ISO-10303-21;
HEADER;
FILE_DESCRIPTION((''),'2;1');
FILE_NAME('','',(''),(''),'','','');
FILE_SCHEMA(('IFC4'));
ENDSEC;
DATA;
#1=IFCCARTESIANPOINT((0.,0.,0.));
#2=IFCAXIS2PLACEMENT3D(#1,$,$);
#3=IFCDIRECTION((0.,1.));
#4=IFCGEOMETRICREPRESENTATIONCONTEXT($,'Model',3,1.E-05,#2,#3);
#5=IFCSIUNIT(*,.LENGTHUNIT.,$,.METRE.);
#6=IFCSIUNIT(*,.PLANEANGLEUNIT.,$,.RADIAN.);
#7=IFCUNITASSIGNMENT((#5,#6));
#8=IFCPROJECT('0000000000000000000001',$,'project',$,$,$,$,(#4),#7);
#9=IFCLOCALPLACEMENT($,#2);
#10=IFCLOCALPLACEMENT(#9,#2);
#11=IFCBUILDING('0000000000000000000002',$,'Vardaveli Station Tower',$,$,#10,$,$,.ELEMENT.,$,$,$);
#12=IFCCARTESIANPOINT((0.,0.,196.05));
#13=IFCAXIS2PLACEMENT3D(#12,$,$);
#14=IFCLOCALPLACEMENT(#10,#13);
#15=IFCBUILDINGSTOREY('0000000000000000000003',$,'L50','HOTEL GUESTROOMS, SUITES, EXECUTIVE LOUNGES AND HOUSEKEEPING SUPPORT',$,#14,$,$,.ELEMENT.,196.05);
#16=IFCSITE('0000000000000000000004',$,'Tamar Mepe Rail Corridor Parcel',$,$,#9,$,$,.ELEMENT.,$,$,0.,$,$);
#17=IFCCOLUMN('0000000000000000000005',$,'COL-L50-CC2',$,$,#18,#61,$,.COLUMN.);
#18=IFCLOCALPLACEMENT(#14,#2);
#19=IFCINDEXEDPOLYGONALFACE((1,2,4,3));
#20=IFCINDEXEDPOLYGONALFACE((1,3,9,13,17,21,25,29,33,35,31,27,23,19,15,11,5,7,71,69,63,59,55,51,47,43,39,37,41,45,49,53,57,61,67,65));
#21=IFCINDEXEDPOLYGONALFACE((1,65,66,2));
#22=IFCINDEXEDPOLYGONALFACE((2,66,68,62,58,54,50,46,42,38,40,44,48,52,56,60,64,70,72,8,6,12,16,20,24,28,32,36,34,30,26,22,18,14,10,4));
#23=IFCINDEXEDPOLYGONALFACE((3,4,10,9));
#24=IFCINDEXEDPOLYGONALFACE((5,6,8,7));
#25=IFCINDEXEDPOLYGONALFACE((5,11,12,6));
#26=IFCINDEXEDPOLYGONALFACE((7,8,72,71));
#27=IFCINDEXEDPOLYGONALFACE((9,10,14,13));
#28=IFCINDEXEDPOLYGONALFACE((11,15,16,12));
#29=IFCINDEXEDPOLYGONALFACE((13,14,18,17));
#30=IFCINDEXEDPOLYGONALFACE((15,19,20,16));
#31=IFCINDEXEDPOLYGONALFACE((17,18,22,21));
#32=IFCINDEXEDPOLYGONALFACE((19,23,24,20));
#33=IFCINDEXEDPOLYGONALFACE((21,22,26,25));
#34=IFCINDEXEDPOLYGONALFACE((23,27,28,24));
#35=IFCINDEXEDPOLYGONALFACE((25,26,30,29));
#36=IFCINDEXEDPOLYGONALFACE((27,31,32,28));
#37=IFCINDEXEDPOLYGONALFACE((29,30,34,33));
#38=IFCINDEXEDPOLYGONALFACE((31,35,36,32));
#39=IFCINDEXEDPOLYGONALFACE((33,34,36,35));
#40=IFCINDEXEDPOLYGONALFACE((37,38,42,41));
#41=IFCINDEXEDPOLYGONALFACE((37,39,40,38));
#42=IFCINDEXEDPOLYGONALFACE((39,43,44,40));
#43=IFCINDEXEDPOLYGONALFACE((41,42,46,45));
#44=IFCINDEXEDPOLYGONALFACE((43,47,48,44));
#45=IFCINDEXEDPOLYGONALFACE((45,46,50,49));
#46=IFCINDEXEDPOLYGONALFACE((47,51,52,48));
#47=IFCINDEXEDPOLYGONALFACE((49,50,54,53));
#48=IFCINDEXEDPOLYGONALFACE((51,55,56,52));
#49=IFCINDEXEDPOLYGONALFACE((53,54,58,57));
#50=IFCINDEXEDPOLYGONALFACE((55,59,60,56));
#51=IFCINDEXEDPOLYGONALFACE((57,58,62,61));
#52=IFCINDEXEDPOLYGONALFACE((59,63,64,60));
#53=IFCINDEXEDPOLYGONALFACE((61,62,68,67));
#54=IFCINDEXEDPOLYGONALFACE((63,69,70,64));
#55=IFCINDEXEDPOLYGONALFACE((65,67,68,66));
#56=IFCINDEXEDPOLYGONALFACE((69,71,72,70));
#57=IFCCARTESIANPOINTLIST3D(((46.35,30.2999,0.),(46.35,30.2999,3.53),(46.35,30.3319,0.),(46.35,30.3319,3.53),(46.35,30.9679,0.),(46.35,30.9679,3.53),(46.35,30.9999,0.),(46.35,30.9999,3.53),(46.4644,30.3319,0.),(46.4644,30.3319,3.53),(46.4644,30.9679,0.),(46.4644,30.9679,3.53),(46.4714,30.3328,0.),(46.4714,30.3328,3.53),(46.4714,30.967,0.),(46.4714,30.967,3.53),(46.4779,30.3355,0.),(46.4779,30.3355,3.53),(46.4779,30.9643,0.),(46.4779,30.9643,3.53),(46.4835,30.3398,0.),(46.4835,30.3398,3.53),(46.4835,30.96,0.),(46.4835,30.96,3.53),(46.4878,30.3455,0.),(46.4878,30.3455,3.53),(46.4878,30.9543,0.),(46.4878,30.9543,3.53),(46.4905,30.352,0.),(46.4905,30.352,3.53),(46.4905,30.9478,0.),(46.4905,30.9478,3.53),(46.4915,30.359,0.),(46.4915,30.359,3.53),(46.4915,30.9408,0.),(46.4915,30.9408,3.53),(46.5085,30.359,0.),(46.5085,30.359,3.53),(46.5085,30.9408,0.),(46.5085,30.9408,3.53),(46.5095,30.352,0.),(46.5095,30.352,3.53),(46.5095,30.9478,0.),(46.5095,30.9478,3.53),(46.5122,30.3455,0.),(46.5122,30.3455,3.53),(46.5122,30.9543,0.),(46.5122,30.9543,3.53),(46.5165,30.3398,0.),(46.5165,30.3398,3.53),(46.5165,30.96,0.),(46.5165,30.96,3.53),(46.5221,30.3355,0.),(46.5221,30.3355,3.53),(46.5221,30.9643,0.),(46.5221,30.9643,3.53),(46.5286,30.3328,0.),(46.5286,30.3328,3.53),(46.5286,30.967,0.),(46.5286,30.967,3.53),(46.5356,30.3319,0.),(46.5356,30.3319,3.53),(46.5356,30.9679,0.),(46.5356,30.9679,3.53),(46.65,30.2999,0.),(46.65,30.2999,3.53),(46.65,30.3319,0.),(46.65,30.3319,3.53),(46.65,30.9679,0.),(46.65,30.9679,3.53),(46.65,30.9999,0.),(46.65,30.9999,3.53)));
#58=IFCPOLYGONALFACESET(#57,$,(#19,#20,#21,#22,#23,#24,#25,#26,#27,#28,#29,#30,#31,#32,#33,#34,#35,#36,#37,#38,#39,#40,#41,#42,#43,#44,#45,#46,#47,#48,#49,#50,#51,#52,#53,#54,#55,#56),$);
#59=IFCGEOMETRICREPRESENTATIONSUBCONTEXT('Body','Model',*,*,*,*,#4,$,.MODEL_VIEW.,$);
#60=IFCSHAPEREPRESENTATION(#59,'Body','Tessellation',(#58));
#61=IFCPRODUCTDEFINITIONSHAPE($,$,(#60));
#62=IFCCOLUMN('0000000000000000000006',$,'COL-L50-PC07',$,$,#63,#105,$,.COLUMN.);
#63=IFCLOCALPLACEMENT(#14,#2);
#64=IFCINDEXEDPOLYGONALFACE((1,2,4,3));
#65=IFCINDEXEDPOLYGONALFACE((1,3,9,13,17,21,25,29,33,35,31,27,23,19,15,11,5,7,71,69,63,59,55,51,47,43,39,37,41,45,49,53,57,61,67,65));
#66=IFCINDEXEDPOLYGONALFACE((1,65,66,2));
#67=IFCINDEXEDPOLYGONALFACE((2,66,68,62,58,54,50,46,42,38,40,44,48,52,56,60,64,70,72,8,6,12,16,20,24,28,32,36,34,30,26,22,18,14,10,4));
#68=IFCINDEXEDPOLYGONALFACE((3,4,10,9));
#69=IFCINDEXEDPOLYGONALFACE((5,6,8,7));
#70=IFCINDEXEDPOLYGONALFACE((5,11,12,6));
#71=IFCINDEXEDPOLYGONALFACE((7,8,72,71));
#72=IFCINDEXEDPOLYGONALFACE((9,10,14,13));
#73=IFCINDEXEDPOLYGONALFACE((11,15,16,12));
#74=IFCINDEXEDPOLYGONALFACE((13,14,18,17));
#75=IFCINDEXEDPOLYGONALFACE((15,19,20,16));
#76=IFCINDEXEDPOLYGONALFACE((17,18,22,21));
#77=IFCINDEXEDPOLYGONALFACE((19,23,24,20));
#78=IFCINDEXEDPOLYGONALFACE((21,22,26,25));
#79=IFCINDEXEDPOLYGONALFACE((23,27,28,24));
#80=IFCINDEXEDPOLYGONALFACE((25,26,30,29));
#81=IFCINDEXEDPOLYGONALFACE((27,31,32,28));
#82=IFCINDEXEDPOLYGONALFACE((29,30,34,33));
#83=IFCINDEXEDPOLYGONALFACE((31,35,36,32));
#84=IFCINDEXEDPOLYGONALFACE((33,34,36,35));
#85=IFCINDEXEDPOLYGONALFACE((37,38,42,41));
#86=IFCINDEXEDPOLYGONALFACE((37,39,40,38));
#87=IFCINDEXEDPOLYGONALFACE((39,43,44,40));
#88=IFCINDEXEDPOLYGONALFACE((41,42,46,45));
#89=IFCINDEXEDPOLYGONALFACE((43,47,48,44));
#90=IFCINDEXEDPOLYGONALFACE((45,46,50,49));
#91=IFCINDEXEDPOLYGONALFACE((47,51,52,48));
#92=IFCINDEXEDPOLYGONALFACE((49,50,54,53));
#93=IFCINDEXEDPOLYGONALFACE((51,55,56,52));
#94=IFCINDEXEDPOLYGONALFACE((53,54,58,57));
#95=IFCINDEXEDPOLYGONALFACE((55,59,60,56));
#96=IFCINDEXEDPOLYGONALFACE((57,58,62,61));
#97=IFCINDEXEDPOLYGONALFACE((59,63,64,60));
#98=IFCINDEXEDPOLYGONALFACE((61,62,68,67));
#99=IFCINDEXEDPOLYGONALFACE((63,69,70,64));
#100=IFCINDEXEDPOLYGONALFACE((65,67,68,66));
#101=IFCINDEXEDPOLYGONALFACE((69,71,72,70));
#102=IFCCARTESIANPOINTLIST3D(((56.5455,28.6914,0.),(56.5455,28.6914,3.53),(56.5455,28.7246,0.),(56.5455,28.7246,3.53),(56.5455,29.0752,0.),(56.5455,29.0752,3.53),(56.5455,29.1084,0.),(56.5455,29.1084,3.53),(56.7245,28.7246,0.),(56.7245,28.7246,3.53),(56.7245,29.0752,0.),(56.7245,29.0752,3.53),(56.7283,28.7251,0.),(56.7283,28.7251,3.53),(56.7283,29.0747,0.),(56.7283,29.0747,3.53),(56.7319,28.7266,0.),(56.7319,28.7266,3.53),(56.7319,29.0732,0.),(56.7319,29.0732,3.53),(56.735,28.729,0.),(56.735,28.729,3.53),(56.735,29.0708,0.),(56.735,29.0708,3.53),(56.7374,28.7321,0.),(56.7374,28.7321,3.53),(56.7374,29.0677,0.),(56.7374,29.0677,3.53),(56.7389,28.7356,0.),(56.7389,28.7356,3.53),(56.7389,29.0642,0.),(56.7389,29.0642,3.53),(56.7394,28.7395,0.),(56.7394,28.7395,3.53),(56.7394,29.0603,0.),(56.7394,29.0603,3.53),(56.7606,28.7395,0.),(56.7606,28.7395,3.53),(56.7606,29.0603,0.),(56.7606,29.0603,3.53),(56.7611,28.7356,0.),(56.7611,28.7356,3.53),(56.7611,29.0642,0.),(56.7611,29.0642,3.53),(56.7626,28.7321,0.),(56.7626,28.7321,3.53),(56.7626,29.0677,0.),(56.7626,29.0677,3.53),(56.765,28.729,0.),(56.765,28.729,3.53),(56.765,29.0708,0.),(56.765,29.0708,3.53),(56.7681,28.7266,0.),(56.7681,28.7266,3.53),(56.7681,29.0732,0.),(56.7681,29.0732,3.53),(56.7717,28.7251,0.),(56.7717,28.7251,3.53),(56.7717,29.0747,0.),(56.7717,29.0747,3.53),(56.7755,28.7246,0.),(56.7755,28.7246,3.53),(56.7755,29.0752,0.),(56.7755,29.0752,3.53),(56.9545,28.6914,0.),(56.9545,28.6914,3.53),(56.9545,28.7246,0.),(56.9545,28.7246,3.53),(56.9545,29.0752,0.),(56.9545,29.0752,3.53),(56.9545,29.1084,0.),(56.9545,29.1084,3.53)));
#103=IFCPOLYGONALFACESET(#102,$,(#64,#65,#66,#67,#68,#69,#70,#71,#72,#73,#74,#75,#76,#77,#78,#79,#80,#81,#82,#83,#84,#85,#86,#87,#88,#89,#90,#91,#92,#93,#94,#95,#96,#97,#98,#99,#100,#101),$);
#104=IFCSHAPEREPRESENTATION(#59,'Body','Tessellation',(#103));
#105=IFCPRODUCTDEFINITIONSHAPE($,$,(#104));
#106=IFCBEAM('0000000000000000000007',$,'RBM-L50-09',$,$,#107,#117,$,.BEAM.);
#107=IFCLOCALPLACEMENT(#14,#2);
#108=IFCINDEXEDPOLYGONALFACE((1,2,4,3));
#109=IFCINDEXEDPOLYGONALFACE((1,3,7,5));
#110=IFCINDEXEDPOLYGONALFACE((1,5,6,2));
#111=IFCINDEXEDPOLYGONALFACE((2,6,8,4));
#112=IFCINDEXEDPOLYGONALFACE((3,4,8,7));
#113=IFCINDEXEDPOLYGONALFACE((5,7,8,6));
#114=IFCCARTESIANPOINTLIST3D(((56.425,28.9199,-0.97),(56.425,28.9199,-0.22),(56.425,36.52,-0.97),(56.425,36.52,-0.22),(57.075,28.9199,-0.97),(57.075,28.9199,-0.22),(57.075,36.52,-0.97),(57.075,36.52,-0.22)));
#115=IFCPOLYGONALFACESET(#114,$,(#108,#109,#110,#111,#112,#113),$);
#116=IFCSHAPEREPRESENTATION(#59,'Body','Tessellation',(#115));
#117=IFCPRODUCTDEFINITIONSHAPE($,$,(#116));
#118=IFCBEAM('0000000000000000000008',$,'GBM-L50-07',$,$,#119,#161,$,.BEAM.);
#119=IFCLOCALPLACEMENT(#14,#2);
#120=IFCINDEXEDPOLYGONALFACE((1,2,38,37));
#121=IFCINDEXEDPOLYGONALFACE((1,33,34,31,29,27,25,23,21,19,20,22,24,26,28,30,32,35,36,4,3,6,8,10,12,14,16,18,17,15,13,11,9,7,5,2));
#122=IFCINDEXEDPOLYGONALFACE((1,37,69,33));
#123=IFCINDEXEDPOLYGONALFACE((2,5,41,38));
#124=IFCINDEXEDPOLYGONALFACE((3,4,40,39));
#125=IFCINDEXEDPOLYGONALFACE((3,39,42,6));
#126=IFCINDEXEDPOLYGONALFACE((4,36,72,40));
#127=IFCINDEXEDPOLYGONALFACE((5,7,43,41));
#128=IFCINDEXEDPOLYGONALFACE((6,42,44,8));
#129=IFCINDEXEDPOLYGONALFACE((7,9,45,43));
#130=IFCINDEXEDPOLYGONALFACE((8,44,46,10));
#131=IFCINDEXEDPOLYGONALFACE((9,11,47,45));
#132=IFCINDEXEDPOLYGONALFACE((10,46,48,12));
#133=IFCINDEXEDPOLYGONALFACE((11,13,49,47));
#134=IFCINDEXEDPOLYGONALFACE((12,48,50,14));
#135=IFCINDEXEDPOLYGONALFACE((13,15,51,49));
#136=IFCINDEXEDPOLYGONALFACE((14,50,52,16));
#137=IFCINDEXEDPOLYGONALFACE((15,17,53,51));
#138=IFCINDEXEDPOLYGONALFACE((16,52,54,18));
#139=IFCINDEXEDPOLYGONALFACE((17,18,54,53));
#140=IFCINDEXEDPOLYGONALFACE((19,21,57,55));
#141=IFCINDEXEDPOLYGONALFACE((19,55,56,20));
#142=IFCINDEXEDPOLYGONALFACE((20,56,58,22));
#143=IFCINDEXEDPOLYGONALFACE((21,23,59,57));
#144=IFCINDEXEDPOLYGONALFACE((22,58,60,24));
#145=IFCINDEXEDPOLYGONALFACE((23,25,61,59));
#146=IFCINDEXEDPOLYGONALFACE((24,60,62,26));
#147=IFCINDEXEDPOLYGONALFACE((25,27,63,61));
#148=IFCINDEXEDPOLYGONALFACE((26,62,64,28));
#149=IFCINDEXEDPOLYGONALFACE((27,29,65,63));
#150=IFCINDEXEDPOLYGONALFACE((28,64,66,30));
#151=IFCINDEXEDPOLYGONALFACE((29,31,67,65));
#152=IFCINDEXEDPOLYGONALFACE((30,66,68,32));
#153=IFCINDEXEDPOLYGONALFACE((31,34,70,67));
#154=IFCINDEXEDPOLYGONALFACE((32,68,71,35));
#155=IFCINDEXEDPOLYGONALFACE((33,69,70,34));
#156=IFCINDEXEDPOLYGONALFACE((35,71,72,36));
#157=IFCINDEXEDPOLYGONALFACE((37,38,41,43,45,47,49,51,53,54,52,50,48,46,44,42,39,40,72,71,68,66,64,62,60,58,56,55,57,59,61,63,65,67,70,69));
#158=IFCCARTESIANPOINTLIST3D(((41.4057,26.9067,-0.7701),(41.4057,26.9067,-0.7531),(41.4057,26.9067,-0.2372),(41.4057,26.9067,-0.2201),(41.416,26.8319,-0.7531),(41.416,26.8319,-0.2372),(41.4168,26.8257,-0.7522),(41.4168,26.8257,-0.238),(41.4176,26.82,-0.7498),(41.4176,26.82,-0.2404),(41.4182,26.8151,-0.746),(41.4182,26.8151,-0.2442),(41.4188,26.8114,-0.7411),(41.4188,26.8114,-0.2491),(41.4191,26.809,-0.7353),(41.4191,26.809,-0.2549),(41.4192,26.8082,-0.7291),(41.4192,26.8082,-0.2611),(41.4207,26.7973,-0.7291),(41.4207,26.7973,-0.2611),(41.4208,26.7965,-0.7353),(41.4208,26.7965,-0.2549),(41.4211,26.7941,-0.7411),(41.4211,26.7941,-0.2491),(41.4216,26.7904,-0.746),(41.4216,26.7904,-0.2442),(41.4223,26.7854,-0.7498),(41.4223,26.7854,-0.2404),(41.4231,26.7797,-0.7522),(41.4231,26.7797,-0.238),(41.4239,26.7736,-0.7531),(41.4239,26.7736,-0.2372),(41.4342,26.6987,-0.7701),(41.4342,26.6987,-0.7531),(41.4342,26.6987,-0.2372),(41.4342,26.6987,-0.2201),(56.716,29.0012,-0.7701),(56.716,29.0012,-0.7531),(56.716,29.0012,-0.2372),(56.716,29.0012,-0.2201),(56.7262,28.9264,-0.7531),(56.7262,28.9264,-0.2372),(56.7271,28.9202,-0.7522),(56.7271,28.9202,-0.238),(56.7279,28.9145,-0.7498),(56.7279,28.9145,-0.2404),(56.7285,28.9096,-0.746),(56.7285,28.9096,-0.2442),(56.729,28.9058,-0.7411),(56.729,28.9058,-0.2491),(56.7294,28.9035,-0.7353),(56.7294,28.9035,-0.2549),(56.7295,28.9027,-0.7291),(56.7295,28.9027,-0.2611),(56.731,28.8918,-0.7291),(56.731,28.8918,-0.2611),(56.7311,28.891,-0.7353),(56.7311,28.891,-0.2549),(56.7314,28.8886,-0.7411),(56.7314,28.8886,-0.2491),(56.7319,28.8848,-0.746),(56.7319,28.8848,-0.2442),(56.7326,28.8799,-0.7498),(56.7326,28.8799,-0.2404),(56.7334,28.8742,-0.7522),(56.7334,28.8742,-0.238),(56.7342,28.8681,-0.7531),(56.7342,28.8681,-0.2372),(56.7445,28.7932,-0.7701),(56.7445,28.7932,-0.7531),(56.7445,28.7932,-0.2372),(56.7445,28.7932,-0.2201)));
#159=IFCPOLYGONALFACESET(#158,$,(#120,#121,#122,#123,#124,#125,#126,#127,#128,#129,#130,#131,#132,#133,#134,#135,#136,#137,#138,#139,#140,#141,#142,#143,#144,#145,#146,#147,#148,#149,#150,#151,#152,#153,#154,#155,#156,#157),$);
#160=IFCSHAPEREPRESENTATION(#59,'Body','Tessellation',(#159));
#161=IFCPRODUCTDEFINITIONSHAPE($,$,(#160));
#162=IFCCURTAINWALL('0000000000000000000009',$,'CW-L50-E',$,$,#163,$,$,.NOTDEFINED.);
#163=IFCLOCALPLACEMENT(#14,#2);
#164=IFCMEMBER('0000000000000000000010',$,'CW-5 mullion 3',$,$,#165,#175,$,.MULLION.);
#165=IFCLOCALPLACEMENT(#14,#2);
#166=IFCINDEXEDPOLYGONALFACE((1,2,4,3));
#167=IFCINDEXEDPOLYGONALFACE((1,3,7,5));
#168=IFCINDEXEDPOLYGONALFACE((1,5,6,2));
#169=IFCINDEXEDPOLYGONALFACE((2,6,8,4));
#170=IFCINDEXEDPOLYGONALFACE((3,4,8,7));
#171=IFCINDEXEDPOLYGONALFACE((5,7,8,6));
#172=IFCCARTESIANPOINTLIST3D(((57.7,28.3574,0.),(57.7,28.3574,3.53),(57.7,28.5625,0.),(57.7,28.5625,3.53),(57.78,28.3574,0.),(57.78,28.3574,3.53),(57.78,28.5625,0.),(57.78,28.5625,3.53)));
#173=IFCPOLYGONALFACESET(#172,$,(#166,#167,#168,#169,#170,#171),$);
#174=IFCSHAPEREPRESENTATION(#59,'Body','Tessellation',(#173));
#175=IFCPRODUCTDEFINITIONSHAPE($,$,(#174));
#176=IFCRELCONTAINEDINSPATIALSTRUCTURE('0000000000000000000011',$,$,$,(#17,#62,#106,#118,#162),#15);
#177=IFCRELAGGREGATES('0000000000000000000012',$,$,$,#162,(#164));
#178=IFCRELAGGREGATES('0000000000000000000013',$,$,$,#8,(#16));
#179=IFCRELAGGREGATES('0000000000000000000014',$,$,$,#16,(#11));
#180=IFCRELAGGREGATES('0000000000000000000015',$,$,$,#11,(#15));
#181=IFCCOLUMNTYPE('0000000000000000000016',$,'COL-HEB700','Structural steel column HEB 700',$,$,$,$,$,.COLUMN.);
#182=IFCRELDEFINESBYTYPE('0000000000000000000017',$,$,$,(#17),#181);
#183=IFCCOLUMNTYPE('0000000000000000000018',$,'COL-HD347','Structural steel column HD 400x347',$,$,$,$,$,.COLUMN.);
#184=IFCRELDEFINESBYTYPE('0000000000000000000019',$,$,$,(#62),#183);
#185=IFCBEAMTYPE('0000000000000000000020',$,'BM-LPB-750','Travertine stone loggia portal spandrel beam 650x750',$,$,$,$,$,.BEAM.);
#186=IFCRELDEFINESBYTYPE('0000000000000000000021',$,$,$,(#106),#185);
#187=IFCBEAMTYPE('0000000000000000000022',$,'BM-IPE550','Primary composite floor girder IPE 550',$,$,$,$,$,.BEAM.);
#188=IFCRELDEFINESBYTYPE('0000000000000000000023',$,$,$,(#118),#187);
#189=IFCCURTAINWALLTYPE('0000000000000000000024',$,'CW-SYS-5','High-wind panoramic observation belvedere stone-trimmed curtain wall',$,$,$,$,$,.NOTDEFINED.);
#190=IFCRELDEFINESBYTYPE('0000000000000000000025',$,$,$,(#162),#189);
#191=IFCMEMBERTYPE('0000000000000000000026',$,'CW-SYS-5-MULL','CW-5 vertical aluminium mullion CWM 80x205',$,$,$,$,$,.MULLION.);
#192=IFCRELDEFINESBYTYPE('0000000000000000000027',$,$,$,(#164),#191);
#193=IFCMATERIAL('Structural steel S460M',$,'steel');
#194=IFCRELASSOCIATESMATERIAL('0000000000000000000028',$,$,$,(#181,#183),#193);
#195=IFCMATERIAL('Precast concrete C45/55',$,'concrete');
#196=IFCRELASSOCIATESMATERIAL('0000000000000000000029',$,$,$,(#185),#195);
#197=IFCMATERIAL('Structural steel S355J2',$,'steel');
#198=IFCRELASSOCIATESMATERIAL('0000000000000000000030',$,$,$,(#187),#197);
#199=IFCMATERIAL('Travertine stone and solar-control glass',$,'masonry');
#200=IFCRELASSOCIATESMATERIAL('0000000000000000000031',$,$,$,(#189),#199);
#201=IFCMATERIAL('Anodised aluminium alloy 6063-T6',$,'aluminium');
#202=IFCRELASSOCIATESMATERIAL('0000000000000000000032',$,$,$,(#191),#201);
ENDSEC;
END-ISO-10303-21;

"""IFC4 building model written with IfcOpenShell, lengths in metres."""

from ifc_helpers import new_model, si_unit, direction, frame, origin, origin_2d, place, context, subcontext, project, spatial, rectangle, i_section, extrude, source, transform, mapped, material, material_profile, profile_set, type_object, element, aggregate, save


model = new_model("IFC4")

# Units and contexts
model_context = context("Model", 3, precision=1e-05, world=origin(), true_north=direction((0.0, 1.0)))
body_context = subcontext(model_context, "Body", "Model", "MODEL_VIEW")
ifc_project = project(units=[si_unit("LENGTHUNIT", "METRE"), si_unit("PLANEANGLEUNIT", "RADIAN")], contexts=[model_context])

# Site, building, storey
site_placement = place(None, origin())
site = spatial("IfcSite", under=ifc_project, at=site_placement, Name="Tamar Mepe Rail Corridor Parcel", CompositionType="ELEMENT", RefElevation=0.0)
building_placement = place(site_placement, origin())
building = spatial("IfcBuilding", under=site, at=building_placement, Name="Vardaveli Station Tower", CompositionType="ELEMENT")
storey_placement = place(building_placement, frame((0.0, 0.0, 196.05)))
storey = spatial("IfcBuildingStorey", under=building, at=storey_placement, Name="L50", Description="HOTEL GUESTROOMS, SUITES, EXECUTIVE LOUNGES AND HOUSEKEEPING SUPPORT", CompositionType="ELEMENT", Elevation=196.05)

# Columns
ifc_material_1 = material(Name="Structural steel S460M", Category="steel")
ifc_material_profile_1 = material_profile(ifc_material_1, i_section(OverallWidth=0.3, OverallDepth=0.7, WebThickness=0.0171, FlangeThickness=0.032, FilletRadius=0.0271, at=origin_2d()), Name="HEB 700")
ifc_profile_set_1 = profile_set([ifc_material_profile_1], Name="Structural steel S460M")
column_type_1 = type_object("IfcColumnType", Name="COL-HEB700", Description="Structural steel column HEB 700", PredefinedType="COLUMN", material=ifc_profile_set_1)
shared_shape_1 = source(origin(), body_context, "Body", "SweptSolid", [
    extrude(i_section(OverallWidth=0.3, OverallDepth=0.7, WebThickness=0.0171, FlangeThickness=0.032, FilletRadius=0.0271, at=origin_2d()), origin(), (0.0, 0.0, 1.0), 3.53),
])
column_1_placement = place(storey_placement, frame((46.5, 30.6499, 0.0), z_axis=(0.0, 0.0, 1.0), x_axis=(1.0, 0.0, 0.0)))
element("IfcColumn", 1, at=column_1_placement, inside=storey, type_object=column_type_1, Name="COL-L50-CC2", PredefinedType="COLUMN", context=body_context, shape_type="MappedRepresentation", body=[
    mapped(shared_shape_1, transform((0.0, 0.0, 0.0), scale=1.0)),
])
ifc_material_profile_2 = material_profile(ifc_material_1, i_section(OverallWidth=0.4089, OverallDepth=0.417, WebThickness=0.0212, FlangeThickness=0.0332, FilletRadius=0.0149, at=origin_2d()), Name="HD 400x347")
ifc_profile_set_2 = profile_set([ifc_material_profile_2], Name="Structural steel S460M")
column_type_2 = type_object("IfcColumnType", Name="COL-HD347", Description="Structural steel column HD 400x347", PredefinedType="COLUMN", material=ifc_profile_set_2)
shared_shape_2 = source(origin(), body_context, "Body", "SweptSolid", [
    extrude(i_section(OverallWidth=0.4089, OverallDepth=0.417, WebThickness=0.0212, FlangeThickness=0.0332, FilletRadius=0.0149, at=origin_2d()), origin(), (0.0, 0.0, 1.0), 3.53),
])
column_2_placement = place(storey_placement, frame((56.75, 28.8999, 0.0), z_axis=(0.0, 0.0, 1.0), x_axis=(1.0, 0.0, 0.0)))
element("IfcColumn", 2, at=column_2_placement, inside=storey, type_object=column_type_2, Name="COL-L50-PC07", PredefinedType="COLUMN", context=body_context, shape_type="MappedRepresentation", body=[
    mapped(shared_shape_2, transform((0.0, 0.0, 0.0), scale=1.0)),
])

# Beams
ifc_material_2 = material(Name="Precast concrete C45/55", Category="concrete")
ifc_material_profile_3 = material_profile(ifc_material_2, rectangle(XDim=0.6499, YDim=0.75, at=origin_2d()), Name="LPB 650x750")
ifc_profile_set_3 = profile_set([ifc_material_profile_3], Name="Precast concrete C45/55")
beam_type_1 = type_object("IfcBeamType", Name="BM-LPB-750", Description="Travertine stone loggia portal spandrel beam 650x750", PredefinedType="BEAM", material=ifc_profile_set_3)
shared_shape_3 = source(origin(), body_context, "Body", "SweptSolid", [
    extrude(rectangle(XDim=0.6499, YDim=0.75, at=origin_2d()), origin(), (0.0, 0.0, 1.0), 7.6001),
])
beam_1_placement = place(storey_placement, frame((56.75, 28.9199, -0.595), z_axis=(0.0, 1.0, 0.0), x_axis=(-1.0, 0.0, 0.0)))
element("IfcBeam", 3, at=beam_1_placement, inside=storey, type_object=beam_type_1, Name="RBM-L50-09", PredefinedType="BEAM", context=body_context, shape_type="MappedRepresentation", body=[
    mapped(shared_shape_3, transform((0.0, 0.0, 0.0), scale=1.0)),
])
ifc_material_3 = material(Name="Structural steel S355J2", Category="steel")
ifc_material_profile_4 = material_profile(ifc_material_3, i_section(OverallWidth=0.21, OverallDepth=0.55, WebThickness=0.011, FlangeThickness=0.0171, FilletRadius=0.0239, at=origin_2d()), Name="IPE 550")
ifc_profile_set_4 = profile_set([ifc_material_profile_4], Name="Structural steel S355J2")
beam_type_2 = type_object("IfcBeamType", Name="BM-IPE550", Description="Primary composite floor girder IPE 550", PredefinedType="BEAM", material=ifc_profile_set_4)
shared_shape_4 = source(origin(), body_context, "Body", "SweptSolid", [
    extrude(i_section(OverallWidth=0.21, OverallDepth=0.55, WebThickness=0.011, FlangeThickness=0.0171, FilletRadius=0.0239, at=origin_2d()), origin(), (0.0, 0.0, 1.0), 15.4529),
])
beam_2_placement = place(storey_placement, frame((56.7302, 28.8972, -0.4951), z_axis=(-0.990772, -0.13554, 0.0), x_axis=(0.13554, -0.990772, 0.0)))
element("IfcBeam", 4, at=beam_2_placement, inside=storey, type_object=beam_type_2, Name="GBM-L50-07", PredefinedType="BEAM", context=body_context, shape_type="MappedRepresentation", body=[
    mapped(shared_shape_4, transform((0.0, 0.0, 0.0), scale=1.0)),
])

# Curtain wall, member
ifc_material_4 = material(Name="Travertine stone and solar-control glass", Category="masonry")
curtain_wall_type = type_object("IfcCurtainWallType", Name="CW-SYS-5", Description="High-wind panoramic observation belvedere stone-trimmed curtain wall", PredefinedType="NOTDEFINED", material=ifc_material_4)
curtain_wall_placement = place(storey_placement, origin())
curtain_wall = element("IfcCurtainWall", 5, at=curtain_wall_placement, inside=storey, type_object=curtain_wall_type, Name="CW-L50-E", PredefinedType="NOTDEFINED")
ifc_material_5 = material(Name="Anodised aluminium alloy 6063-T6", Category="aluminium")
ifc_material_profile_5 = material_profile(ifc_material_5, rectangle(XDim=0.0801, YDim=0.2051, at=origin_2d()), Name="CWM 80x205")
ifc_profile_set_5 = profile_set([ifc_material_profile_5], Name="Anodised aluminium alloy 6063-T6")
member_type = type_object("IfcMemberType", Name="CW-SYS-5-MULL", Description="CW-5 vertical aluminium mullion CWM 80x205", PredefinedType="MULLION", material=ifc_profile_set_5)
shared_shape_5 = source(origin(), body_context, "Body", "SweptSolid", [
    extrude(rectangle(XDim=0.0801, YDim=0.2051, at=origin_2d()), origin(), (0.0, 0.0, 1.0), 3.53),
])
member_placement = place(storey_placement, frame((57.74, 28.46, 0.0), z_axis=(0.0, 0.0, 1.0), x_axis=(-1.0, 0.0, 0.0)))
member = element("IfcMember", 6, at=member_placement, type_object=member_type, Name="CW-5 mullion 3", PredefinedType="MULLION", context=body_context, shape_type="MappedRepresentation", body=[
    mapped(shared_shape_5, transform((0.0, 0.0, 0.0), scale=1.0)),
])
aggregate(curtain_wall, [member])

save(model, "model.ifc")
